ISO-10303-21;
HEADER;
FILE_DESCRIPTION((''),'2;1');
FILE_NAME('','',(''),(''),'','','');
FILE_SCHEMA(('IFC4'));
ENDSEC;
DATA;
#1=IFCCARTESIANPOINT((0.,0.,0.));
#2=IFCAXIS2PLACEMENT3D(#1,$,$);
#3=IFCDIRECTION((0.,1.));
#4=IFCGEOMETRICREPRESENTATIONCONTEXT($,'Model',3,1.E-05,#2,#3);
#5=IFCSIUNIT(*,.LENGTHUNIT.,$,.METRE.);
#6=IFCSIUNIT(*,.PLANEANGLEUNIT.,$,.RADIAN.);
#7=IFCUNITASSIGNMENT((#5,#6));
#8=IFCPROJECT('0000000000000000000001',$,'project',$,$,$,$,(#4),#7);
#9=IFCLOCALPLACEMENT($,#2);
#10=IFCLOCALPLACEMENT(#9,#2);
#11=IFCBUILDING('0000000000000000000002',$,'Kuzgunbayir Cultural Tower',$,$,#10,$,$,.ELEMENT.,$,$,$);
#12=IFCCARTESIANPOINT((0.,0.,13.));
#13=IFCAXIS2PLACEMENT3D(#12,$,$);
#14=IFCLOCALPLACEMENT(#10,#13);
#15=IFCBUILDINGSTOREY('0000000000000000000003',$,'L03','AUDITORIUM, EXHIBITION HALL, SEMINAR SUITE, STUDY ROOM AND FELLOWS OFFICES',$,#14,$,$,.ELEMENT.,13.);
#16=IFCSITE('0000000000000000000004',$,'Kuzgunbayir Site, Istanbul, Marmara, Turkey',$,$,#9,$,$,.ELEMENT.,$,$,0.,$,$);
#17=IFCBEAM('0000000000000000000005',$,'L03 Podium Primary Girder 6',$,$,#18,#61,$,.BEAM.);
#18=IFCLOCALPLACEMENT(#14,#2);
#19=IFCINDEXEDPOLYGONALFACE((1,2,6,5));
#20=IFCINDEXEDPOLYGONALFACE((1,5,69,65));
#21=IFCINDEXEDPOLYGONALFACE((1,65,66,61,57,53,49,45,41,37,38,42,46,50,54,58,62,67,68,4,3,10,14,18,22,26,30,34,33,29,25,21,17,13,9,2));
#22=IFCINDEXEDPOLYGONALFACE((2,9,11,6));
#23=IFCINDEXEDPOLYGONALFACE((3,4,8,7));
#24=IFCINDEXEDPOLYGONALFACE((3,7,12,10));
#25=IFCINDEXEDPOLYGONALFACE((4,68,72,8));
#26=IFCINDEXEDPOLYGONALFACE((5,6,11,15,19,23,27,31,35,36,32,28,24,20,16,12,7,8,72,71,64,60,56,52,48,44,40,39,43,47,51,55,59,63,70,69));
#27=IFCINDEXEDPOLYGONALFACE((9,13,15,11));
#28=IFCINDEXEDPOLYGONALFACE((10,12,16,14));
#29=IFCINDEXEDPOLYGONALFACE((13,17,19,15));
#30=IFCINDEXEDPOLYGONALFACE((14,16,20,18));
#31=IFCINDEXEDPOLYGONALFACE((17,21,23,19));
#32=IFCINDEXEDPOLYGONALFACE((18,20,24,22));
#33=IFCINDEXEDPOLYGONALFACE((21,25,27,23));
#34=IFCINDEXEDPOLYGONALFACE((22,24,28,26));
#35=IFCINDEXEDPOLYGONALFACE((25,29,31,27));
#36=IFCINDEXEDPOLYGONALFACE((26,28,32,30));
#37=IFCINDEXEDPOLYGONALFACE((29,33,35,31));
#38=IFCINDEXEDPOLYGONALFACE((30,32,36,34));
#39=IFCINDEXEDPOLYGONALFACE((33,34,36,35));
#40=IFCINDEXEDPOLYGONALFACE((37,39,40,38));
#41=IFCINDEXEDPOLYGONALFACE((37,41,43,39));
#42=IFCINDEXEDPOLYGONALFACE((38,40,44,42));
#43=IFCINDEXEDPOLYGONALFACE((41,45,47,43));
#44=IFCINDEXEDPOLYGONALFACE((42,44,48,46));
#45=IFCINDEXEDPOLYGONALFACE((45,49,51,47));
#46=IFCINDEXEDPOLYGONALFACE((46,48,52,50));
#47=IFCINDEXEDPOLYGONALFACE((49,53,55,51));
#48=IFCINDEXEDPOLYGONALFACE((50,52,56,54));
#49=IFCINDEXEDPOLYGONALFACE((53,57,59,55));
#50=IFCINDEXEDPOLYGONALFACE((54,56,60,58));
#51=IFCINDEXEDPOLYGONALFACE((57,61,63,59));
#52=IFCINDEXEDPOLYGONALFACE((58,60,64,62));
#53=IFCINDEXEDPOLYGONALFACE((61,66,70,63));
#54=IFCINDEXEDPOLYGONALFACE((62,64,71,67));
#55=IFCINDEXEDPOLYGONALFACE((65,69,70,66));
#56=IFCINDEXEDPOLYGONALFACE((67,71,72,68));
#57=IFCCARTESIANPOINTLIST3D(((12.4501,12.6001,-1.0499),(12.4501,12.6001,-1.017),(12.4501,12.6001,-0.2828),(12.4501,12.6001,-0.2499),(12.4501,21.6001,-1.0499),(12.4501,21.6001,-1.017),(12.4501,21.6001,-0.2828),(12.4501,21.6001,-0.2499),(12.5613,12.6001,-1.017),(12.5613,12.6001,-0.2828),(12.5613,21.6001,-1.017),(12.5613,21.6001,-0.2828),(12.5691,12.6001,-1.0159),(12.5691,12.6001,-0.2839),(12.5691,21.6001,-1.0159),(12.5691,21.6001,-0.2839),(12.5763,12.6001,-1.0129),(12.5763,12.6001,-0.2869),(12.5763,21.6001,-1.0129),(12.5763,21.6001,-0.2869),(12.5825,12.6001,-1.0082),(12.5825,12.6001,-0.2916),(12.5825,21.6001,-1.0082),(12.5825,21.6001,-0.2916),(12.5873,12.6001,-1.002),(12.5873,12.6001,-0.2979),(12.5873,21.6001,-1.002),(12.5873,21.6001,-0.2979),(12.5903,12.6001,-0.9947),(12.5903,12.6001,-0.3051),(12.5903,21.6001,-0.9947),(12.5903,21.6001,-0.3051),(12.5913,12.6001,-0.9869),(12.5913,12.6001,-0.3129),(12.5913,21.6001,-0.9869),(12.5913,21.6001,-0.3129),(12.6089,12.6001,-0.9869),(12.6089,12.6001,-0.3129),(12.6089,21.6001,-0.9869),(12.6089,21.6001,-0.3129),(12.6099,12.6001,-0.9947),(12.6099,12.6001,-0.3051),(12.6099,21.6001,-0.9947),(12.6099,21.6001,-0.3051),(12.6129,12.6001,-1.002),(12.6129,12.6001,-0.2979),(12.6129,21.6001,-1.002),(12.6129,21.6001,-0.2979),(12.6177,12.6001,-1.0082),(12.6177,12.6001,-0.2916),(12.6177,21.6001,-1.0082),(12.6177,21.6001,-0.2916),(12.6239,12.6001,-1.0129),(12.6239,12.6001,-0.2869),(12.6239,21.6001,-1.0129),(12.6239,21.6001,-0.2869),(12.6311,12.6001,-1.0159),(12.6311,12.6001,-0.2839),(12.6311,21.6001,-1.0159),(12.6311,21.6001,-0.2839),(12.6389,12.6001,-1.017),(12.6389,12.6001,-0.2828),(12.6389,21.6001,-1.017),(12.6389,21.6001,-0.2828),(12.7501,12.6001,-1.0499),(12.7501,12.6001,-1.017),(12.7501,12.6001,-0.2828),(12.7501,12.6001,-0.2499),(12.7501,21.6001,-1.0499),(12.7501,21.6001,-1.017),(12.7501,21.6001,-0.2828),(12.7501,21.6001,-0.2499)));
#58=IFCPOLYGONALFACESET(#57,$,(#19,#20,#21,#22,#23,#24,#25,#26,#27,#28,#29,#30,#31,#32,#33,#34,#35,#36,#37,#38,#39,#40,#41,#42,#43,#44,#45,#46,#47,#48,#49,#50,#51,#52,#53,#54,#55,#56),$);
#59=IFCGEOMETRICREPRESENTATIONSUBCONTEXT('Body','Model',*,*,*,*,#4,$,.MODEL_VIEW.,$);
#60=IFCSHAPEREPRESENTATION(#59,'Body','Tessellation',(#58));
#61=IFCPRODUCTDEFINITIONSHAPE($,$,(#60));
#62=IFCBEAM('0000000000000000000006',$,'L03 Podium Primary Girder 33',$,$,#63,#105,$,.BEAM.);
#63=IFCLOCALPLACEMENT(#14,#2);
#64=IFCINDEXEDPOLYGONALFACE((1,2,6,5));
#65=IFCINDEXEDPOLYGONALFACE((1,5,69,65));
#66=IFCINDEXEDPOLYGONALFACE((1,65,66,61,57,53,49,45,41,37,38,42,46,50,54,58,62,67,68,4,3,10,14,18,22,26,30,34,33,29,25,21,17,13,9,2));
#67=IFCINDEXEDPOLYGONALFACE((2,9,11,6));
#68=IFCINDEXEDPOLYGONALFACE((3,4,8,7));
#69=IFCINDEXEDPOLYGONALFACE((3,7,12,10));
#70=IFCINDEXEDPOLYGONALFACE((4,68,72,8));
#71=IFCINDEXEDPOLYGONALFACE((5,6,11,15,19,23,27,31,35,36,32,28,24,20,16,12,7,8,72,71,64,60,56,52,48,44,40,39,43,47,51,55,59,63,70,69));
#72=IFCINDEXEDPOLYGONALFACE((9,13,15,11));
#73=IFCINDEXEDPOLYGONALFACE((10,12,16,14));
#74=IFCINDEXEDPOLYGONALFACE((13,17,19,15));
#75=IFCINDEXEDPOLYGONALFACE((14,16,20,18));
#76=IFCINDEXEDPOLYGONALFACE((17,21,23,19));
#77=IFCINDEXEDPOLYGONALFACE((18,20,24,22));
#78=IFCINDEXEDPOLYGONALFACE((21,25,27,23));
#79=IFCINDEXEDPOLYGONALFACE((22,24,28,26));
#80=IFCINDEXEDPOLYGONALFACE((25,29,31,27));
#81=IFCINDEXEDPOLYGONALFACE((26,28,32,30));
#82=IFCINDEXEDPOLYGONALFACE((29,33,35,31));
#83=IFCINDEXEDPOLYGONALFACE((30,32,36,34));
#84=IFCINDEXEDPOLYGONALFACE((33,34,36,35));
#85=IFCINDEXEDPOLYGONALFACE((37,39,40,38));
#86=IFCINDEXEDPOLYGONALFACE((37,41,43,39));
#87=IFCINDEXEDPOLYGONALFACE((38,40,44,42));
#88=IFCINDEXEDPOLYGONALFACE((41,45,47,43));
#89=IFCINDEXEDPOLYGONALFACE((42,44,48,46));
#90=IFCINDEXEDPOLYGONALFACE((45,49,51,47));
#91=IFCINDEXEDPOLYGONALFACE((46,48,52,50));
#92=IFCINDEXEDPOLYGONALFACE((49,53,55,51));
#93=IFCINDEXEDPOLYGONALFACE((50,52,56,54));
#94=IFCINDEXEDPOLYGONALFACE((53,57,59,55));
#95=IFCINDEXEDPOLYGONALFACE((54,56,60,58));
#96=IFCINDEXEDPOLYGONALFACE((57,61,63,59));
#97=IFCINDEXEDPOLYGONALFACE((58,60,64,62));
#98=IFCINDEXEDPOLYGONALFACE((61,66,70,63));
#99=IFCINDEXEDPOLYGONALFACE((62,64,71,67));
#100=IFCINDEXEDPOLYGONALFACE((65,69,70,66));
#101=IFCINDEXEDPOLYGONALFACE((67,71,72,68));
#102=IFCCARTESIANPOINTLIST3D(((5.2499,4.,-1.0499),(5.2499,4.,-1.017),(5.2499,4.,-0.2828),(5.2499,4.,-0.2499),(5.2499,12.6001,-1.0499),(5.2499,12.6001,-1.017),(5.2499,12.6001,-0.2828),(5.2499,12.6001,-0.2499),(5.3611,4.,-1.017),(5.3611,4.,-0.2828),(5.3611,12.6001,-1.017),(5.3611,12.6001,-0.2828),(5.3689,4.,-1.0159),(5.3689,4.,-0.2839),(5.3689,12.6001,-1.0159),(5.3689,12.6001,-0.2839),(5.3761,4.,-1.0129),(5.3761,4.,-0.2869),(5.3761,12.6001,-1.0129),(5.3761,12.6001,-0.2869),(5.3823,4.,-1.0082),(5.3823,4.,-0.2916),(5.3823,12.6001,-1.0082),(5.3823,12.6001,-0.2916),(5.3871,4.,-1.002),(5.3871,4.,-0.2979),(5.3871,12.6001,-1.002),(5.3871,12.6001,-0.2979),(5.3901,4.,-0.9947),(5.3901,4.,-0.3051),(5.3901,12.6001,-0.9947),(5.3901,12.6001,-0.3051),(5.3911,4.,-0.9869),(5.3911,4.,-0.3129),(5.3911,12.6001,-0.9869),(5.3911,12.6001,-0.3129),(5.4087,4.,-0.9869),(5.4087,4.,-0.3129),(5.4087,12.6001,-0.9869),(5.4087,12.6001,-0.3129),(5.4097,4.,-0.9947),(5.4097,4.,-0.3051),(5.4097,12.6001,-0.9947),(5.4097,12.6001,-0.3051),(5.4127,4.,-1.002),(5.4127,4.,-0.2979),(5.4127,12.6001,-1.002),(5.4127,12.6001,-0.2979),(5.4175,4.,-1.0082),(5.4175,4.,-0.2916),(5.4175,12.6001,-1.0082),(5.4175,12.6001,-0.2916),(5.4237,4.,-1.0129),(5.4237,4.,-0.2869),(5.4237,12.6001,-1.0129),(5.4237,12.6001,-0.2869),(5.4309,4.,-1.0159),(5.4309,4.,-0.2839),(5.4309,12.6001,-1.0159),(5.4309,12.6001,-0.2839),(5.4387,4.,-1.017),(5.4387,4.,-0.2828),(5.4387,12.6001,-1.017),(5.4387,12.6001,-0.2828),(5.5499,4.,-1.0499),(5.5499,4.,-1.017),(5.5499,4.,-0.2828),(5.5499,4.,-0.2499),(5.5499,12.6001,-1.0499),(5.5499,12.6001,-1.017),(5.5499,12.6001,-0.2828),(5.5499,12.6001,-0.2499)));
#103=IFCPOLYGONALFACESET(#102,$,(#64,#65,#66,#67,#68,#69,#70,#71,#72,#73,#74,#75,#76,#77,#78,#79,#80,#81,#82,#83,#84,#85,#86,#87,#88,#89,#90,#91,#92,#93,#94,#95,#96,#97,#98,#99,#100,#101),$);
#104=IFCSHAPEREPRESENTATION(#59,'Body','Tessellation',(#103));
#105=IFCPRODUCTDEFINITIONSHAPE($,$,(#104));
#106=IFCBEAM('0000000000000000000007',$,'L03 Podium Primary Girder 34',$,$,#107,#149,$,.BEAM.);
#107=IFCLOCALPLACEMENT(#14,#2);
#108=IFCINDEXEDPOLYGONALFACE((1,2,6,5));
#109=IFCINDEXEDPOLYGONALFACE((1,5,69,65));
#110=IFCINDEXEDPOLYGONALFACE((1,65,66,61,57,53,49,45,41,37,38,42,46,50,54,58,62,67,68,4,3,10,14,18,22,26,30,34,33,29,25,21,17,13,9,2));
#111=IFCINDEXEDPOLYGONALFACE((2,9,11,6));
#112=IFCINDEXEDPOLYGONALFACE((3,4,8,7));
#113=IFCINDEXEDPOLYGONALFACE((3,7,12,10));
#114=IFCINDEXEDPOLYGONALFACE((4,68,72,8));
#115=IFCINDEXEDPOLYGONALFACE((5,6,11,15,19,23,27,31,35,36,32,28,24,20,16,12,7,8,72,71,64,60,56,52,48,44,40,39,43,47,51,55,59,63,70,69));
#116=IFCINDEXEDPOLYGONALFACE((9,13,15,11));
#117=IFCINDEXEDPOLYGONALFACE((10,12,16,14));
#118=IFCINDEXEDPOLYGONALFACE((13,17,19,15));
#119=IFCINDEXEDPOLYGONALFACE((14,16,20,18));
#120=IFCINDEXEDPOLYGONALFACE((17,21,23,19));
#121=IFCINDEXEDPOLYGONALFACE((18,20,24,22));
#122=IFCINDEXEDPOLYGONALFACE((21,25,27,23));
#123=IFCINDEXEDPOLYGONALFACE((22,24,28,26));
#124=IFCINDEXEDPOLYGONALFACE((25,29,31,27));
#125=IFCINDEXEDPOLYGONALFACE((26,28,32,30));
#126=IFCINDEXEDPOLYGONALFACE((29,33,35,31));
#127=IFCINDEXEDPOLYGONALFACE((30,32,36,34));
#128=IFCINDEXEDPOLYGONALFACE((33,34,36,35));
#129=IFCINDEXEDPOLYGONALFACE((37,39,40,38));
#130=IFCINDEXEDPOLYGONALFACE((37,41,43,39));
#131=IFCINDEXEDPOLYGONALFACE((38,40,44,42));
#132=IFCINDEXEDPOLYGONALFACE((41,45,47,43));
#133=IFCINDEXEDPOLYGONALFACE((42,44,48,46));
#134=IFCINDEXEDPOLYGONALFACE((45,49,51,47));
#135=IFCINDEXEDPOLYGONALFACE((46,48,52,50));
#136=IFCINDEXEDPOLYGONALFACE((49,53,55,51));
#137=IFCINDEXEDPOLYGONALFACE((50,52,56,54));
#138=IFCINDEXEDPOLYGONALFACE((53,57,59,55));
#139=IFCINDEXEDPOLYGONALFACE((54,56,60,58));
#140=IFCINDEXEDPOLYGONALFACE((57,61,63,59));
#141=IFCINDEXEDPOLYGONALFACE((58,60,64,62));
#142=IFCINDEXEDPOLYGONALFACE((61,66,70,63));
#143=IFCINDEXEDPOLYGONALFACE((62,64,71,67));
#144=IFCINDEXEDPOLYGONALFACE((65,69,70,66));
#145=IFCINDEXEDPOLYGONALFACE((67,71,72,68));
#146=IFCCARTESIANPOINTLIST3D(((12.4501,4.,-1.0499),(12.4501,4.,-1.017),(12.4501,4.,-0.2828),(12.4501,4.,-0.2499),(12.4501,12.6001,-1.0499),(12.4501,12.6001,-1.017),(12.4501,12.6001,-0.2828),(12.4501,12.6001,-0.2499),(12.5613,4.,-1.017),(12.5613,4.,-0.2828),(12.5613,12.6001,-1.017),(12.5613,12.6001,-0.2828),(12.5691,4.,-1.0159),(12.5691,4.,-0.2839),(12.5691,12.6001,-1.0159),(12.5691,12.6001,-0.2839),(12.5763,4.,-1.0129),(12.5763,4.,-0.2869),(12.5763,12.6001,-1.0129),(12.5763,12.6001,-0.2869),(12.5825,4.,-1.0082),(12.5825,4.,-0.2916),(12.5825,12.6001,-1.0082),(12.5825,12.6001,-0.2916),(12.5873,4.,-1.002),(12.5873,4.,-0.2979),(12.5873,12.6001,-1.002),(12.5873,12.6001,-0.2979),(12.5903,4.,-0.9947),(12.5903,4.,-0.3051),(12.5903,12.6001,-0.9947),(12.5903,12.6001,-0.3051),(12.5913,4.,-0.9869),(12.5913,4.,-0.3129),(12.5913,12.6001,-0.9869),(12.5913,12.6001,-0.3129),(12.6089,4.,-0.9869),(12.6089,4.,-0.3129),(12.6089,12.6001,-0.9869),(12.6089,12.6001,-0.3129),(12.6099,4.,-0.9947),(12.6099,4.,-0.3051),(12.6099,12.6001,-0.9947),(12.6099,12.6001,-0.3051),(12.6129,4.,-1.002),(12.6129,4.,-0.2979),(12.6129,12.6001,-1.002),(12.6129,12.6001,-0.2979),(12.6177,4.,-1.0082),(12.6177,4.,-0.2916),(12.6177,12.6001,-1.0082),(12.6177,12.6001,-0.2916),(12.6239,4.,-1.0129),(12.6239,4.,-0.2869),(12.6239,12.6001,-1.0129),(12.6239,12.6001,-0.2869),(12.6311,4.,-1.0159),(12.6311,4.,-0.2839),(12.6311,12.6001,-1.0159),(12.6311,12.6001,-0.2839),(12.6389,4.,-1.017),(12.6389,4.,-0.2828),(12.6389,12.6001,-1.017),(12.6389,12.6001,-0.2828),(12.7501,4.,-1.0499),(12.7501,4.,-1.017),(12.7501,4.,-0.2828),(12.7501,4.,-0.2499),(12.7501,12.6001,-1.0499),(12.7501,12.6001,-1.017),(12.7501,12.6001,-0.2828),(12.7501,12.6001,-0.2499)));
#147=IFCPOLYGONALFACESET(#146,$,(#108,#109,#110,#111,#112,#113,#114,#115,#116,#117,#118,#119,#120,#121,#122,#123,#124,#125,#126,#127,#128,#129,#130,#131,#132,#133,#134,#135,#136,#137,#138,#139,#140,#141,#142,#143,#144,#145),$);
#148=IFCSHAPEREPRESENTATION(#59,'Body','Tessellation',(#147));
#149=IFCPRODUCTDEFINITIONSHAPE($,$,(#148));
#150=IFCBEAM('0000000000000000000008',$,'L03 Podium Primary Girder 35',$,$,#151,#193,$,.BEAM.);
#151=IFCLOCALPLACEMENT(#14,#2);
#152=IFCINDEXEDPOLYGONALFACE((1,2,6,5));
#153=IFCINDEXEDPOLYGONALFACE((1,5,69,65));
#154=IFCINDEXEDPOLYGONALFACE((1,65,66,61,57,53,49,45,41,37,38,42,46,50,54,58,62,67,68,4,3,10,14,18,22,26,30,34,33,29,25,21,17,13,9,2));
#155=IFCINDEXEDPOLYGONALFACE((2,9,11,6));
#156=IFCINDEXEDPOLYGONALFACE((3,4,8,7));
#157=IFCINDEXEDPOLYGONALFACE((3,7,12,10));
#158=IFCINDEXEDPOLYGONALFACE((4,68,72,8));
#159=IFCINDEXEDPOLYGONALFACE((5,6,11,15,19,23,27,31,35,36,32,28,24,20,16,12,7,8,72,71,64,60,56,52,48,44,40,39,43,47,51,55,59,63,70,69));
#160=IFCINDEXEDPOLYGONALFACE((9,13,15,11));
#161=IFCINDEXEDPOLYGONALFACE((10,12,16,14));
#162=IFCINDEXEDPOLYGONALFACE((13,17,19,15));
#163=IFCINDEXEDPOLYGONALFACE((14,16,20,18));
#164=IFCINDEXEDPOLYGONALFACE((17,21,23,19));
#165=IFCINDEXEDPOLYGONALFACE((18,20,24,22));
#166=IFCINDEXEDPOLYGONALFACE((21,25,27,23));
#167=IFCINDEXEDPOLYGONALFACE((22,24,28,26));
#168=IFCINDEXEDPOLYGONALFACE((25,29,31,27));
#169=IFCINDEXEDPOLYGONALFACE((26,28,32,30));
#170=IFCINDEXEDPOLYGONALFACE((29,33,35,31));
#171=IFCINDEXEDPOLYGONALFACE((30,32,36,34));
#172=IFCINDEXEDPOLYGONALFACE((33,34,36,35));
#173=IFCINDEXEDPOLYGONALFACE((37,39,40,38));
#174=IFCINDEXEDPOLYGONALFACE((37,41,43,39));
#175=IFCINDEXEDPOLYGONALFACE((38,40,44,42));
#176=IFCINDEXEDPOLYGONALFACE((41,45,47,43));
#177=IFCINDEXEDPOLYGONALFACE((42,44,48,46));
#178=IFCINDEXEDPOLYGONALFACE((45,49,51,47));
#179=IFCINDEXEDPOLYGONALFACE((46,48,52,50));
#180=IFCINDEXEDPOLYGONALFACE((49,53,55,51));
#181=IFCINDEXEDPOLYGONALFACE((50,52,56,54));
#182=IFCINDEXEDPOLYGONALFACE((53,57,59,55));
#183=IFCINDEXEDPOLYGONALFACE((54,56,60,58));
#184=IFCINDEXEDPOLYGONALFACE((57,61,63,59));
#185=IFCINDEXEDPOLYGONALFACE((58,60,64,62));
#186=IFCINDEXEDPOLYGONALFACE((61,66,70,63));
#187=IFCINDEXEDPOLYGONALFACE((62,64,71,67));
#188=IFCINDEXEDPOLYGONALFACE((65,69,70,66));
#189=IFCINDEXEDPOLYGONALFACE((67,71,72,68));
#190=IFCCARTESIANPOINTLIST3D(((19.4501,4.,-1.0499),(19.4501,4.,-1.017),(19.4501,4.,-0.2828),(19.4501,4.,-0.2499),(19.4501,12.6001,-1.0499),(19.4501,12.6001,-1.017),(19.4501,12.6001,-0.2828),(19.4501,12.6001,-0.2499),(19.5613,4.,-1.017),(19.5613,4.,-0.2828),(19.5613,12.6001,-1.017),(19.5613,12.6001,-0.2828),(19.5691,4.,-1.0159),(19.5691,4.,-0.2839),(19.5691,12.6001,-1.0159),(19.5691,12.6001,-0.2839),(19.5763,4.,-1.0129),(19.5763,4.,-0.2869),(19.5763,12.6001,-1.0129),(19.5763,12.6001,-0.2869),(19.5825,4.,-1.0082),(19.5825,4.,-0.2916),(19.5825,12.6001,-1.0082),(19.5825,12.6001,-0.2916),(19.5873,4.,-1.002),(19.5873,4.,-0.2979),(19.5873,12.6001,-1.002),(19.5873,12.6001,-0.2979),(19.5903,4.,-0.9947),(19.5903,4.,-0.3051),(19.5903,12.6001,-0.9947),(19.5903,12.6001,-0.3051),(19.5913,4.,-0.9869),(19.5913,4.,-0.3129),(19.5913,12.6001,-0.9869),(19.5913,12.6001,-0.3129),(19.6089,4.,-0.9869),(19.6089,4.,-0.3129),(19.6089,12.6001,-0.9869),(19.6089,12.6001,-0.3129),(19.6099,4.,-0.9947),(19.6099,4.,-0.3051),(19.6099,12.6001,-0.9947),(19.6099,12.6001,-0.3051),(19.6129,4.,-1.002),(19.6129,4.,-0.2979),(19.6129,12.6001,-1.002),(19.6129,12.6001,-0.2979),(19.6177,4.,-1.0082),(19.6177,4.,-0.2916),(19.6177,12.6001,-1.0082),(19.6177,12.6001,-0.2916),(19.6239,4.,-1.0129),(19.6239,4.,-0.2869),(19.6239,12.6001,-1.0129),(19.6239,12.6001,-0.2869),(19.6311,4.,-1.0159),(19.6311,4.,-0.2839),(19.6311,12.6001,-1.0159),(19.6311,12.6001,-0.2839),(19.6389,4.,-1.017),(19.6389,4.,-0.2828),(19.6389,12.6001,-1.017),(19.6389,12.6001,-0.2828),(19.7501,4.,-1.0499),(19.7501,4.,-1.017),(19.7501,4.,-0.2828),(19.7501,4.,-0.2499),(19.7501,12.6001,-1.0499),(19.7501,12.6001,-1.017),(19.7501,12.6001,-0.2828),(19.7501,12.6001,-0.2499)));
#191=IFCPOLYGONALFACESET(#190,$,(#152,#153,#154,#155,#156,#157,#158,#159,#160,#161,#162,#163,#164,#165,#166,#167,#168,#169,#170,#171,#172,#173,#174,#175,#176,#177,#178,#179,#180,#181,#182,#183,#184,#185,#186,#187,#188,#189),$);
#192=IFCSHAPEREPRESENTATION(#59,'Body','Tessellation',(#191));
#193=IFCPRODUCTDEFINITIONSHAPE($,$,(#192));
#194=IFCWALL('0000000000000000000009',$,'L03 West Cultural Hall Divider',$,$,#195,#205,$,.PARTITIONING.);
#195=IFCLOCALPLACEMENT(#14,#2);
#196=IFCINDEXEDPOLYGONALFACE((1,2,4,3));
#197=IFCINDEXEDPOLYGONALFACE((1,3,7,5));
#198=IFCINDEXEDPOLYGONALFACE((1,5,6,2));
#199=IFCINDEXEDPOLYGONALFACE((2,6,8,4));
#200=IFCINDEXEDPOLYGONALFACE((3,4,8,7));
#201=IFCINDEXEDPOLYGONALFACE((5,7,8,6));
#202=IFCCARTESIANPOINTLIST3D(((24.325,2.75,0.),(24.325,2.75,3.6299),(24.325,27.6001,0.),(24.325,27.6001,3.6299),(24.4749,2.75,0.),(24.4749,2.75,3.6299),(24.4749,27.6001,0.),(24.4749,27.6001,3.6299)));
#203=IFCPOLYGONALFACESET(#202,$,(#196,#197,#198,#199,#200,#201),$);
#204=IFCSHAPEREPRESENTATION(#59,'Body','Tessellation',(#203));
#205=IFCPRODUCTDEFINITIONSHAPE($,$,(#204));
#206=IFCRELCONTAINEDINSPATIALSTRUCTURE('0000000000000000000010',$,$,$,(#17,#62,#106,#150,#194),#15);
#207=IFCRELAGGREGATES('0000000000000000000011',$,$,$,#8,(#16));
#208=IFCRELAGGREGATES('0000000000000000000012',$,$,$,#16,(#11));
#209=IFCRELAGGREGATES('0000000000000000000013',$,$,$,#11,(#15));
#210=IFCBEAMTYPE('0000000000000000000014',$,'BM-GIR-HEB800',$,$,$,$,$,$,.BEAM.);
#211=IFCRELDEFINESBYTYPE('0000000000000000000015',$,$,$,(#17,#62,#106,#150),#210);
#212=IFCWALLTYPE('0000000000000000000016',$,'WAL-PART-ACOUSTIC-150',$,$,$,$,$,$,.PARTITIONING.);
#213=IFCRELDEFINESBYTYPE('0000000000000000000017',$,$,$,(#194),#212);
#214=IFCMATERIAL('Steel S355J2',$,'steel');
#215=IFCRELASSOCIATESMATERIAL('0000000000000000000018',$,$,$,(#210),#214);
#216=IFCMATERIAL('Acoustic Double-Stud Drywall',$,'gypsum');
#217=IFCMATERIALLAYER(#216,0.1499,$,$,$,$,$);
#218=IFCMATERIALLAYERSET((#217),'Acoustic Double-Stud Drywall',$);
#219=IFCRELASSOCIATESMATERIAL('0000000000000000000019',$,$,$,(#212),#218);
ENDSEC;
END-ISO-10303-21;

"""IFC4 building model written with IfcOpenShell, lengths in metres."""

from ifc_helpers import new_model, si_unit, direction, frame, frame_2d, origin, origin_2d, place, context, subcontext, project, spatial, rectangle, i_section, extrude, material, layer, layer_set, material_profile, profile_set, type_object, element, save


model = new_model("IFC4")

# Units and contexts
model_context = context("Model", 3, precision=1e-05, world=origin(), true_north=direction((0.0, 1.0)))
body_context = subcontext(model_context, "Body", "Model", "MODEL_VIEW")
ifc_project = project(units=[si_unit("LENGTHUNIT", "METRE"), si_unit("PLANEANGLEUNIT", "RADIAN")], contexts=[model_context])

# Site, building, storey
site_placement = place(None, origin())
site = spatial("IfcSite", under=ifc_project, at=site_placement, Name="Kuzgunbayir Site, Istanbul, Marmara, Turkey", CompositionType="ELEMENT", RefElevation=0.0)
building_placement = place(site_placement, origin())
building = spatial("IfcBuilding", under=site, at=building_placement, Name="Kuzgunbayir Cultural Tower", CompositionType="ELEMENT")
storey_placement = place(building_placement, frame((0.0, 0.0, 13.0)))
storey = spatial("IfcBuildingStorey", under=building, at=storey_placement, Name="L03", Description="AUDITORIUM, EXHIBITION HALL, SEMINAR SUITE, STUDY ROOM AND FELLOWS OFFICES", CompositionType="ELEMENT", Elevation=13.0)

# Beams
ifc_material_1 = material(Name="Steel S355J2", Category="steel")
ifc_material_profile_1 = material_profile(ifc_material_1, i_section(OverallWidth=0.3, OverallDepth=0.8, WebThickness=0.0176, FlangeThickness=0.033, FilletRadius=0.03, at=origin_2d()), Name="HEB 800")
ifc_profile_set_1 = profile_set([ifc_material_profile_1], Name="Steel S355J2")
beam_type = type_object("IfcBeamType", Name="BM-GIR-HEB800", PredefinedType="BEAM", material=ifc_profile_set_1)
beam_1_placement = place(storey_placement, frame((12.6001, 12.6001, -0.6499), z_axis=(0.0, 1.0, 0.0), x_axis=(-1.0, 0.0, 0.0)))
element("IfcBeam", 1, at=beam_1_placement, inside=storey, type_object=beam_type, Name="L03 Podium Primary Girder 6", PredefinedType="BEAM", context=body_context, shape_type="SweptSolid", body=[
    extrude(i_section(OverallWidth=0.3, OverallDepth=0.8, WebThickness=0.0176, FlangeThickness=0.033, FilletRadius=0.03, at=origin_2d()), origin(), (0.0, 0.0, 1.0), 9.0),
])
for number, where, z_axis, x_axis, name in (
    (2, (5.3999, 4.0, -0.6499), (0.0, 1.0, 0.0), (-1.0, 0.0, 0.0), "L03 Podium Primary Girder 33"),
    (3, (12.6001, 4.0, -0.6499), (0.0, 1.0, 0.0), (-1.0, 0.0, 0.0), "L03 Podium Primary Girder 34"),
    (4, (19.6001, 4.0, -0.6499), (0.0, 1.0, 0.0), (-1.0, 0.0, 0.0), "L03 Podium Primary Girder 35"),
):
    element("IfcBeam", number, at=place(storey_placement, frame(where, z_axis=z_axis, x_axis=x_axis)), inside=storey, type_object=beam_type, Name=name, PredefinedType="BEAM", context=body_context, shape_type="SweptSolid", body=[
        extrude(i_section(OverallWidth=0.3, OverallDepth=0.8, WebThickness=0.0176, FlangeThickness=0.033, FilletRadius=0.03, at=origin_2d()), origin(), (0.0, 0.0, 1.0), 8.6001),
    ])

# Wall
ifc_material_2 = material(Name="Acoustic Double-Stud Drywall", Category="gypsum")
ifc_layer = layer(ifc_material_2, 0.1499)
ifc_layer_set = layer_set([ifc_layer], Name="Acoustic Double-Stud Drywall")
wall_type = type_object("IfcWallType", Name="WAL-PART-ACOUSTIC-150", PredefinedType="PARTITIONING", material=ifc_layer_set)
wall_placement = place(storey_placement, frame((24.3999, 2.75, 0.0), z_axis=(0.0, 0.0, 1.0), x_axis=(0.0, 1.0, 0.0)))
element("IfcWall", 5, at=wall_placement, inside=storey, type_object=wall_type, Name="L03 West Cultural Hall Divider", PredefinedType="PARTITIONING", context=body_context, shape_type="SweptSolid", body=[
    extrude(rectangle(XDim=24.8501, YDim=0.1499, at=frame_2d((12.425, 0.0))), origin(), (0.0, 0.0, 1.0), 3.6299),
])

save(model, "model.ifc")
